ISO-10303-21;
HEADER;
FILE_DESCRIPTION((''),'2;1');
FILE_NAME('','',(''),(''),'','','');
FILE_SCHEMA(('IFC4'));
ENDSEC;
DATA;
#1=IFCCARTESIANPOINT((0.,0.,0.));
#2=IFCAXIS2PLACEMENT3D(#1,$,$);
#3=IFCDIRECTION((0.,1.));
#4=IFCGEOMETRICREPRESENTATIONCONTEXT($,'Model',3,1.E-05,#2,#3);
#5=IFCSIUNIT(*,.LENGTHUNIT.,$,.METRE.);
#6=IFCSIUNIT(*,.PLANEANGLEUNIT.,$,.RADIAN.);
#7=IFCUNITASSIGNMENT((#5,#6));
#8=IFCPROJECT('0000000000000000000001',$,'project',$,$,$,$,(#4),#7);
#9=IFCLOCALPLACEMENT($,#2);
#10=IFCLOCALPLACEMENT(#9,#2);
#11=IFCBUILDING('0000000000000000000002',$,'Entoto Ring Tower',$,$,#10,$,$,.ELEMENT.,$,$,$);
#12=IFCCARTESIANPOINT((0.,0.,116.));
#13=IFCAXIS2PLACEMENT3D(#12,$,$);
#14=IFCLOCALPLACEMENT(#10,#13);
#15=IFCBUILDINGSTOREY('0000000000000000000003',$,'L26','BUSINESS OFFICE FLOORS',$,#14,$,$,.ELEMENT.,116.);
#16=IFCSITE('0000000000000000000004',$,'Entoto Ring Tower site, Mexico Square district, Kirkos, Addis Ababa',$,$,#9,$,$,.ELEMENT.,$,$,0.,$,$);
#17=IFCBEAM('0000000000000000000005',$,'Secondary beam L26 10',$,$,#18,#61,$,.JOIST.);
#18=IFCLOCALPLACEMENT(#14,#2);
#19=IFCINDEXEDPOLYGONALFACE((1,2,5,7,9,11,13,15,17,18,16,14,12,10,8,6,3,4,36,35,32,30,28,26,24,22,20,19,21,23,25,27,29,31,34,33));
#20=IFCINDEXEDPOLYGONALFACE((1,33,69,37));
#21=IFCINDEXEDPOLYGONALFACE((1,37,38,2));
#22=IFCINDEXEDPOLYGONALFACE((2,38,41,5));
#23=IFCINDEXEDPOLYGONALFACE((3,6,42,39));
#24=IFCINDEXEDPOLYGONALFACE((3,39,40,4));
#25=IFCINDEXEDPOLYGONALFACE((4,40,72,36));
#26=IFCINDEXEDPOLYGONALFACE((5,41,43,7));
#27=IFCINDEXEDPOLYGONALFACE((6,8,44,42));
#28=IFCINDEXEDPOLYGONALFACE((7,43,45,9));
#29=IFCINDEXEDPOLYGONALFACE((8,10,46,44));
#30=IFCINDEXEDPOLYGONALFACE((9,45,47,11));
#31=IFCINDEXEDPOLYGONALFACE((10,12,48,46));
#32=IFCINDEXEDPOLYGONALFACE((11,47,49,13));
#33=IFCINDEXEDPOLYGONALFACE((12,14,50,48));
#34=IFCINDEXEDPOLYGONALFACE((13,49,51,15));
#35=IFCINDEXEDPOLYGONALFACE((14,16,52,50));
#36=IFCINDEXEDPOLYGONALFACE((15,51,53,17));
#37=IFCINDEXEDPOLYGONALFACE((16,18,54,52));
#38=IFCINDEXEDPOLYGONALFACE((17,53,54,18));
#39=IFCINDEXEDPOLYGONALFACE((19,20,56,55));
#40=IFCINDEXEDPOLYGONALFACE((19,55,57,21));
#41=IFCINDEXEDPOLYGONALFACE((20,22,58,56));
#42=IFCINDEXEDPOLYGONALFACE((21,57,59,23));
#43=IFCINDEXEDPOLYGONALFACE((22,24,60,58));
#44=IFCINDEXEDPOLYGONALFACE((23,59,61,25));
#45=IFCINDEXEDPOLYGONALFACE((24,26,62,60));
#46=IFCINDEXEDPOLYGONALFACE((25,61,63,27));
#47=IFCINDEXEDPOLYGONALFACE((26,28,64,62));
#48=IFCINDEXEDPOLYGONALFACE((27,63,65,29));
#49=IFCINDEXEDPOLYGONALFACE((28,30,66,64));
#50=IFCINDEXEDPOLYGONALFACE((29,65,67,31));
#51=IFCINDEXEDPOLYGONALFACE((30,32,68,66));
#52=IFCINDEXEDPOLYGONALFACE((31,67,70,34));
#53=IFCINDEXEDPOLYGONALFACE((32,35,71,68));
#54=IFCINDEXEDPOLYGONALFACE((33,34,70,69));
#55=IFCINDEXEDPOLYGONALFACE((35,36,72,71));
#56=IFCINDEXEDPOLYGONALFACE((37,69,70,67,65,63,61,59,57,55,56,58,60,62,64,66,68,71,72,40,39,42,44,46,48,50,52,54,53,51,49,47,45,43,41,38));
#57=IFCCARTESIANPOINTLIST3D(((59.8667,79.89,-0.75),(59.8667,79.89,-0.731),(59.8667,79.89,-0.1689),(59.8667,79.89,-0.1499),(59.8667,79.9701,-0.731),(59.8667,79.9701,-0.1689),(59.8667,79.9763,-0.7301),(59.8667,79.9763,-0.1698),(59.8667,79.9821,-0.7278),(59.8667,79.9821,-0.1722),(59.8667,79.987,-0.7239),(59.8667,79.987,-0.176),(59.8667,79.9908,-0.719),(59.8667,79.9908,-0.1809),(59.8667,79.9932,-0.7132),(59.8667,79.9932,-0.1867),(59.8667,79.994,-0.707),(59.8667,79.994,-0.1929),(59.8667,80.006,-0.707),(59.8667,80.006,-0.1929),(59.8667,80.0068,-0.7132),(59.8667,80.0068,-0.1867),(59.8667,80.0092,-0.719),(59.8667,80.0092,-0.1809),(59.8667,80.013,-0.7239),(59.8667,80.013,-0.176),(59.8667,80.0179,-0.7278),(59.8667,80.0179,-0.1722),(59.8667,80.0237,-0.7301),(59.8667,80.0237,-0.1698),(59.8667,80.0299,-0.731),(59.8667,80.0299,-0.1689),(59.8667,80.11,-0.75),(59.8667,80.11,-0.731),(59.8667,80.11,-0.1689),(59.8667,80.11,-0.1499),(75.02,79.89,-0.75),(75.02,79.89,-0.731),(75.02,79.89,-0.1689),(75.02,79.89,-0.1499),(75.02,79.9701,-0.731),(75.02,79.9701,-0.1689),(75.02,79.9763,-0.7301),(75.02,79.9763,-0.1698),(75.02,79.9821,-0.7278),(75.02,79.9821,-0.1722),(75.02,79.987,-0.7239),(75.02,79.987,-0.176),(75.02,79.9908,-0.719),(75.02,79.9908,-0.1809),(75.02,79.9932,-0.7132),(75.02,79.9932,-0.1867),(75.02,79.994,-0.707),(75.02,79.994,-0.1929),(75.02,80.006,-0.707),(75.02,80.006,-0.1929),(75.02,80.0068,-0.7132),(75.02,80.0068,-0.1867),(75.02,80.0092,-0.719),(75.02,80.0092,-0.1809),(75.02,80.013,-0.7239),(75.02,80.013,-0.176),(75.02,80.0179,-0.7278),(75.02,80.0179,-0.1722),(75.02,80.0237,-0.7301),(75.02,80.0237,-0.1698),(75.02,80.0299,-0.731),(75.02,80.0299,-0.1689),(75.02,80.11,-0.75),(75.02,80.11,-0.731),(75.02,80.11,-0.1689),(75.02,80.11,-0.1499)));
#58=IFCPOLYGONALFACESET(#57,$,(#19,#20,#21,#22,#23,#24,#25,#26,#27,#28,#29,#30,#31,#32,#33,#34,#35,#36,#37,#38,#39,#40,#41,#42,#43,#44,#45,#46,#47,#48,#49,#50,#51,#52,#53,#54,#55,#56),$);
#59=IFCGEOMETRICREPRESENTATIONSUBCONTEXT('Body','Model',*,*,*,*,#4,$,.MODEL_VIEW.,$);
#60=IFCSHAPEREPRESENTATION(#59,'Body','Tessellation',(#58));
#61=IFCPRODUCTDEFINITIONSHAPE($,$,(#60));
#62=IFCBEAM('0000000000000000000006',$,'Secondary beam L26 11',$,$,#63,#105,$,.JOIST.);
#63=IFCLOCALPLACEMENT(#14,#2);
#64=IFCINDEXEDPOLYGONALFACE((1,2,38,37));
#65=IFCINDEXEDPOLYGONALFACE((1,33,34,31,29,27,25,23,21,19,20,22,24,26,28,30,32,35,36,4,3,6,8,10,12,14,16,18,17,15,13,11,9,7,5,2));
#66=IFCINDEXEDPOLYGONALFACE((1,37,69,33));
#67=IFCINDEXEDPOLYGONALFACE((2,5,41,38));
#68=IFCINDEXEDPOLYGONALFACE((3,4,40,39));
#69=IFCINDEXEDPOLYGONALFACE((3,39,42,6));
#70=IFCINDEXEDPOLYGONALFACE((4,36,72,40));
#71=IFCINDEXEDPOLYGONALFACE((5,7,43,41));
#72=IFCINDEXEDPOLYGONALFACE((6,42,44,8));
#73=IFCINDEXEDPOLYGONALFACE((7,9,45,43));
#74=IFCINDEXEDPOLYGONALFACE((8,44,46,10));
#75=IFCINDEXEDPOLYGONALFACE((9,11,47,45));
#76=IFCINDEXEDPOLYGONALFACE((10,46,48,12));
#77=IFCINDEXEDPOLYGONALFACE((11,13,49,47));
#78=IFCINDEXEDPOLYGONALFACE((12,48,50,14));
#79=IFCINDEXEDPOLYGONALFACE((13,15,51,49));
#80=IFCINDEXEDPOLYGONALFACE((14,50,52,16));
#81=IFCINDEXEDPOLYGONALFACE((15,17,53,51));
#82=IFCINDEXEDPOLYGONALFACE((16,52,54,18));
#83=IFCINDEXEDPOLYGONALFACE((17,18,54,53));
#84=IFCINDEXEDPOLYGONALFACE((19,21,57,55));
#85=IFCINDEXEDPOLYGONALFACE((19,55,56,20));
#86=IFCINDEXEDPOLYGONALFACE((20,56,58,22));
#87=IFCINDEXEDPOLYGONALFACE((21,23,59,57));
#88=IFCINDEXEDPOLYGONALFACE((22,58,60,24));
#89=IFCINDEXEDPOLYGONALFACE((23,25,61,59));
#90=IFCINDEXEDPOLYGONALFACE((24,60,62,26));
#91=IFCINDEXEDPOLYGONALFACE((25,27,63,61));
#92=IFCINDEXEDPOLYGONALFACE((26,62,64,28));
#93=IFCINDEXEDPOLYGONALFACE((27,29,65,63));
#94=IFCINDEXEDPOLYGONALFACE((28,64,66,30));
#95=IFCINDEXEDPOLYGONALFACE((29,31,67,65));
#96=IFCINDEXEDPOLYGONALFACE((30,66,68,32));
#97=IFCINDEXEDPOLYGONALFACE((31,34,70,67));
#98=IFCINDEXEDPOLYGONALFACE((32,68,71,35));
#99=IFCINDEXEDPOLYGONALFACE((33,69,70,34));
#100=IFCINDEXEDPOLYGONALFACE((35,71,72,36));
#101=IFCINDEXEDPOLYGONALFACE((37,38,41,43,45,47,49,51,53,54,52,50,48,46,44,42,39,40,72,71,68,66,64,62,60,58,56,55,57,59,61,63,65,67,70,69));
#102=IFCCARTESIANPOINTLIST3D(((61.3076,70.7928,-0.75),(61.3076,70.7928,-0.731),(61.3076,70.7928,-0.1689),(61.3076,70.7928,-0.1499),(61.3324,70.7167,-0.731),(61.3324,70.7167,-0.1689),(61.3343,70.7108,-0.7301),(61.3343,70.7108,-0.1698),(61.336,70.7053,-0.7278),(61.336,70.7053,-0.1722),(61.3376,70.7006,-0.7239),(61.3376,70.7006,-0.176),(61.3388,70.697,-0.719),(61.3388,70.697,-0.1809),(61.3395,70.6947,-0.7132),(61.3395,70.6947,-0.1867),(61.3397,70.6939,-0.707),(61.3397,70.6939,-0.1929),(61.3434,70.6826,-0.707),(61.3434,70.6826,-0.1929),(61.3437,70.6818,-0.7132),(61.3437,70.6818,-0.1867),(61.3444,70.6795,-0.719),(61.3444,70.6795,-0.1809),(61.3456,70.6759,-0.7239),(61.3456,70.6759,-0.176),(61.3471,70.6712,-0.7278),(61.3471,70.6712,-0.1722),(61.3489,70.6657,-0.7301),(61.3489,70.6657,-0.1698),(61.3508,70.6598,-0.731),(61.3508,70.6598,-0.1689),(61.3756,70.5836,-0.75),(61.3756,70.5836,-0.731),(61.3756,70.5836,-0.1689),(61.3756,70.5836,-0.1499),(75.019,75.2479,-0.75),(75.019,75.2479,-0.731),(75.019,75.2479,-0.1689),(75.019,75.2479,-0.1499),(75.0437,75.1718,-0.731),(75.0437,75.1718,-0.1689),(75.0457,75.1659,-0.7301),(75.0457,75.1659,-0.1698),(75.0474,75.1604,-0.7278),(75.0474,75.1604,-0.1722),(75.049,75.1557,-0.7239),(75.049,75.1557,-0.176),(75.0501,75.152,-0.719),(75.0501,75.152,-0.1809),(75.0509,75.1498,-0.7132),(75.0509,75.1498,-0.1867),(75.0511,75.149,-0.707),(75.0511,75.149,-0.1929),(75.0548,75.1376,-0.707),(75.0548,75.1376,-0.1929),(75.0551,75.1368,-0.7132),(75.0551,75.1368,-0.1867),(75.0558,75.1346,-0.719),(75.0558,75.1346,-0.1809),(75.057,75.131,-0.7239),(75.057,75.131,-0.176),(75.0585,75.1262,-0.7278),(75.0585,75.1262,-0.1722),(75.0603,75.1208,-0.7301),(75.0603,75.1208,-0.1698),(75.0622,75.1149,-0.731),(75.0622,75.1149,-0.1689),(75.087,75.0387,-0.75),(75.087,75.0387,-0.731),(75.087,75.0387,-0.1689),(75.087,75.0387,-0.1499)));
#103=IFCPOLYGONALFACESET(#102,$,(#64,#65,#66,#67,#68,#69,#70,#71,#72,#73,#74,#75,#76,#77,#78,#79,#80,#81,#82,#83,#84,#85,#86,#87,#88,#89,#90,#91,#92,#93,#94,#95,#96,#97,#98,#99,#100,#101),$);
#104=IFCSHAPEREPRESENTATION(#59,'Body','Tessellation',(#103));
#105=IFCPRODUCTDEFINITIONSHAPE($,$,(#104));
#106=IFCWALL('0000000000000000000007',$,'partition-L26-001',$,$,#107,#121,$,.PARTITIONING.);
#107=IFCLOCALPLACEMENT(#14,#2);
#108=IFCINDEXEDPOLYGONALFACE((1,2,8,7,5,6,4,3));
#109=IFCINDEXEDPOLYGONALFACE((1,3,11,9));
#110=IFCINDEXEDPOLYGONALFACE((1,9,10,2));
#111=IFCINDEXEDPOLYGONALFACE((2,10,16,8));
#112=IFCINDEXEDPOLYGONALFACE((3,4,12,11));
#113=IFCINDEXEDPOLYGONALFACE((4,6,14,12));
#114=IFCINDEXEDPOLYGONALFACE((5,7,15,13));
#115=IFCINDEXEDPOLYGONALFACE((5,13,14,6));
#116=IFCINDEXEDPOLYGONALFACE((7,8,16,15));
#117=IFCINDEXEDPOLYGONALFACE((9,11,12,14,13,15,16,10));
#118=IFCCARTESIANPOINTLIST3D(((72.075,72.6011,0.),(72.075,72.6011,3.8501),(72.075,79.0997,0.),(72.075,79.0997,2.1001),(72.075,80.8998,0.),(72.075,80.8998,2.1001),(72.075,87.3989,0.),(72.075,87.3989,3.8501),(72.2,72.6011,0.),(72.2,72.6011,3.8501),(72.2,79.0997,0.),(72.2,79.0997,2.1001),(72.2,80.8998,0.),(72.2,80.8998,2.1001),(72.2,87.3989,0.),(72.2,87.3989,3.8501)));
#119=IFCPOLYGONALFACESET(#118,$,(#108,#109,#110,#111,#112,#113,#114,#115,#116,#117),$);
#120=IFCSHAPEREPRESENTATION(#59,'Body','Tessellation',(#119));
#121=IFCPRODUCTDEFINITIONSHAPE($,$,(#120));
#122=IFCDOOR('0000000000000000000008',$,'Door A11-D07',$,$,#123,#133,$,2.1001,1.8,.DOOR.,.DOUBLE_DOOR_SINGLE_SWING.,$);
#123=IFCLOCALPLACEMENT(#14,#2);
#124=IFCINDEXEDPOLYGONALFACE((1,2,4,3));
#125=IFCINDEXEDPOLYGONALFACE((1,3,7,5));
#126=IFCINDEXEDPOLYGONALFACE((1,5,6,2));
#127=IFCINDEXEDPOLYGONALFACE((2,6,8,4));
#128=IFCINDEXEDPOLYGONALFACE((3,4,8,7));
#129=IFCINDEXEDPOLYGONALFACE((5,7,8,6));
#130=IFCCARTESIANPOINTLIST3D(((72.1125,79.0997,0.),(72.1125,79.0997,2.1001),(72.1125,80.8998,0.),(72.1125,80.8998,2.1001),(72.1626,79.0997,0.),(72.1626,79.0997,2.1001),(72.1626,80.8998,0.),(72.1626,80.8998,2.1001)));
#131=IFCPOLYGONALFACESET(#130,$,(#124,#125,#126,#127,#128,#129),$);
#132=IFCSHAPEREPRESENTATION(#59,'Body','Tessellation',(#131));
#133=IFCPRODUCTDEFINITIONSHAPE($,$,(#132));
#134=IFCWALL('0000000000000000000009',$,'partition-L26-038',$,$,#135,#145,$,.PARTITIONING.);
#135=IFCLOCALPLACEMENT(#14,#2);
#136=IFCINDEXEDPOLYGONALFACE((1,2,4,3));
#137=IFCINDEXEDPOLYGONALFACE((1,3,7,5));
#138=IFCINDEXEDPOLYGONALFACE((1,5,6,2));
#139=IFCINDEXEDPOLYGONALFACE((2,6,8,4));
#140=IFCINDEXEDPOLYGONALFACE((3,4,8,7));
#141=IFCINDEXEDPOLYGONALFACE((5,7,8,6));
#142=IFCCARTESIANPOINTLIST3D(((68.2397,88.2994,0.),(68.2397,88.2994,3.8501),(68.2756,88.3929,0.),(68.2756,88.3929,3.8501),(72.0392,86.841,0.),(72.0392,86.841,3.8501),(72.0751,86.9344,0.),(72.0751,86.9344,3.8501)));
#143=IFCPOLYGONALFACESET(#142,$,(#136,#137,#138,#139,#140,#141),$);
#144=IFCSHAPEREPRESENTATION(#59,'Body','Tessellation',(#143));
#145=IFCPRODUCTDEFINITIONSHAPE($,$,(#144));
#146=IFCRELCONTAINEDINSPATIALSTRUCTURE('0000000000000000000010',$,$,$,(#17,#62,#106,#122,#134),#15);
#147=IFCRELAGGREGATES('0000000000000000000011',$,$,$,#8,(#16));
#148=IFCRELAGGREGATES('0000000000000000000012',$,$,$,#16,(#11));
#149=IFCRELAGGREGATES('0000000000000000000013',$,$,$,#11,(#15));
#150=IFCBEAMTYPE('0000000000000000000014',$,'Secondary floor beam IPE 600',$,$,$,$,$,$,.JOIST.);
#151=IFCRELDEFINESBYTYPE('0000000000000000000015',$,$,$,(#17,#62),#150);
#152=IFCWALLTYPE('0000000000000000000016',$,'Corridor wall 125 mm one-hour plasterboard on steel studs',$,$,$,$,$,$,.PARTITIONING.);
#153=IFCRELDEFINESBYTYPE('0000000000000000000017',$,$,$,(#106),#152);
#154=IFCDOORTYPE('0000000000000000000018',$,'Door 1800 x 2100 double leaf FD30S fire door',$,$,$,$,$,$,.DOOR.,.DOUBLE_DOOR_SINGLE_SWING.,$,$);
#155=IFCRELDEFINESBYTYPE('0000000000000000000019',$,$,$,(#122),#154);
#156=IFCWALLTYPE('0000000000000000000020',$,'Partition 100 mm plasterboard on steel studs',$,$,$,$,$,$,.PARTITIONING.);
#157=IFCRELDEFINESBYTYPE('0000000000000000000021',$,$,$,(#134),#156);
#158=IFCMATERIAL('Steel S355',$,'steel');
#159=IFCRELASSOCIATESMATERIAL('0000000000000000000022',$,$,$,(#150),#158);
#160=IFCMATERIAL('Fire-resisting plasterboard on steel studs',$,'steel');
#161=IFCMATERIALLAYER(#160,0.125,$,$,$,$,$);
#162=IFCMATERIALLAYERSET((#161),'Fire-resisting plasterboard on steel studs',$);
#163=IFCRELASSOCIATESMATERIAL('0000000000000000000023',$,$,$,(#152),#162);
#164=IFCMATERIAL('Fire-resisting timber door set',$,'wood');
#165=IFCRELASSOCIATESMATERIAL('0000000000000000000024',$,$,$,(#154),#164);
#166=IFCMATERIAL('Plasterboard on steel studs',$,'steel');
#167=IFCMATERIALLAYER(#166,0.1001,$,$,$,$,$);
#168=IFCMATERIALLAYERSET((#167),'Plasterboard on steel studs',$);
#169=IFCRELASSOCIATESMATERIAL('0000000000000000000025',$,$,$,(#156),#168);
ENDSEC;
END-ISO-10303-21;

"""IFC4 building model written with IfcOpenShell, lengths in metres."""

from ifc_helpers import new_model, si_unit, direction, frame, frame_2d, origin, origin_2d, place, context, subcontext, project, spatial, rectangle, i_section, extrude, material, layer, layer_set, material_profile, profile_set, type_object, element, fill, save


model = new_model("IFC4")

# Units and contexts
model_context = context("Model", 3, precision=1e-05, world=origin(), true_north=direction((0.0, 1.0)))
body_context = subcontext(model_context, "Body", "Model", "MODEL_VIEW")
ifc_project = project(units=[si_unit("LENGTHUNIT", "METRE"), si_unit("PLANEANGLEUNIT", "RADIAN")], contexts=[model_context])

# Site, building, storey
site_placement = place(None, origin())
site = spatial("IfcSite", under=ifc_project, at=site_placement, Name="Entoto Ring Tower site, Mexico Square district, Kirkos, Addis Ababa", CompositionType="ELEMENT", RefElevation=0.0)
building_placement = place(site_placement, origin())
building = spatial("IfcBuilding", under=site, at=building_placement, Name="Entoto Ring Tower", CompositionType="ELEMENT")
storey_placement = place(building_placement, frame((0.0, 0.0, 116.0)))
storey = spatial("IfcBuildingStorey", under=building, at=storey_placement, Name="L26", Description="BUSINESS OFFICE FLOORS", CompositionType="ELEMENT", Elevation=116.0)

# Beams
ifc_material_1 = material(Name="Steel S355", Category="steel")
ifc_material_profile_1 = material_profile(ifc_material_1, i_section(OverallWidth=0.22, OverallDepth=0.6001, WebThickness=0.012, FlangeThickness=0.019, FilletRadius=0.0239, at=origin_2d()), Name="IPE 600")
ifc_profile_set_1 = profile_set([ifc_material_profile_1], Name="Steel S355")
beam_type_1 = type_object("IfcBeamType", Name="Secondary floor beam IPE 600", PredefinedType="JOIST", material=ifc_profile_set_1)
beam_1_placement = place(storey_placement, frame((75.02, 80.0, -0.45), z_axis=(-1.0, 0.0, 0.0), x_axis=(0.0, -1.0, 0.0)))
element("IfcBeam", 1, at=beam_1_placement, inside=storey, type_object=beam_type_1, Name="Secondary beam L26 10", PredefinedType="JOIST", context=body_context, shape_type="SweptSolid", body=[
    extrude(i_section(OverallWidth=0.22, OverallDepth=0.6001, WebThickness=0.012, FlangeThickness=0.019, FilletRadius=0.0239, at=origin_2d()), origin(), (0.0, 0.0, 1.0), 15.1533),
])
beam_2_placement = place(storey_placement, frame((75.053, 75.1433, -0.45), z_axis=(-0.951057, -0.309015, 0.0), x_axis=(0.309015, -0.951057, 0.0)))
element("IfcBeam", 2, at=beam_2_placement, inside=storey, type_object=beam_type_1, Name="Secondary beam L26 11", PredefinedType="JOIST", context=body_context, shape_type="SweptSolid", body=[
    extrude(i_section(OverallWidth=0.22, OverallDepth=0.6001, WebThickness=0.012, FlangeThickness=0.019, FilletRadius=0.0239, at=origin_2d()), origin(), (0.0, 0.0, 1.0), 14.417),
])

# Wall, opening, door
ifc_material_2 = material(Name="Fire-resisting plasterboard on steel studs", Category="steel")
ifc_layer_1 = layer(ifc_material_2, 0.125)
ifc_layer_set_1 = layer_set([ifc_layer_1], Name="Fire-resisting plasterboard on steel studs")
wall_type_1 = type_object("IfcWallType", Name="Corridor wall 125 mm one-hour plasterboard on steel studs", PredefinedType="PARTITIONING", material=ifc_layer_set_1)
wall_1_placement = place(storey_placement, frame((72.1375, 72.6011, 0.0), z_axis=(0.0, 0.0, 1.0), x_axis=(0.0, 1.0, 0.0)))
wall_1 = element("IfcWall", 3, at=wall_1_placement, inside=storey, type_object=wall_type_1, Name="partition-L26-001", PredefinedType="PARTITIONING", context=body_context, shape_type="SweptSolid", body=[
    extrude(rectangle(XDim=14.7979, YDim=0.125, at=frame_2d((7.3989, 0.0))), origin(), (0.0, 0.0, 1.0), 3.8501),
])
opening_placement = place(wall_1_placement, frame((6.4988, 0.0, 0.0)))
opening = element("IfcOpeningElement", 4, at=opening_placement, cuts=wall_1, PredefinedType="OPENING", context=body_context, shape_type="SweptSolid", body=[
    extrude(rectangle(XDim=1.8, YDim=2.1001, at=frame_2d((0.8999, 1.05))), frame((0.0, 0.0725, 0.0), z_axis=(0.0, -1.0, 0.0), x_axis=(1.0, 0.0, 0.0)), (0.0, 0.0, 1.0), 0.145),
])
ifc_material_3 = material(Name="Fire-resisting timber door set", Category="wood")
door_type = type_object("IfcDoorType", Name="Door 1800 x 2100 double leaf FD30S fire door", OperationType="DOUBLE_DOOR_SINGLE_SWING", PredefinedType="DOOR", material=ifc_material_3)
door_placement = place(opening_placement, origin())
door = element("IfcDoor", 5, at=door_placement, inside=storey, type_object=door_type, Name="Door A11-D07", OperationType="DOUBLE_DOOR_SINGLE_SWING", OverallHeight=2.1001, OverallWidth=1.8, PredefinedType="DOOR", context=body_context, shape_type="SweptSolid", body=[
    extrude(rectangle(XDim=1.8, YDim=2.1001, at=frame_2d((0.8999, 1.05))), frame((0.0, 0.0249, 0.0), z_axis=(0.0, -1.0, 0.0), x_axis=(1.0, 0.0, 0.0)), (0.0, 0.0, 1.0), 0.05),
])
fill(opening, door)

# Wall
ifc_material_4 = material(Name="Plasterboard on steel studs", Category="steel")
ifc_layer_2 = layer(ifc_material_4, 0.1001)
ifc_layer_set_2 = layer_set([ifc_layer_2], Name="Plasterboard on steel studs")
wall_type_2 = type_object("IfcWallType", Name="Partition 100 mm plasterboard on steel studs", PredefinedType="PARTITIONING", material=ifc_layer_set_2)
wall_2_placement = place(storey_placement, frame((72.0571, 86.8877, 0.0), z_axis=(0.0, 0.0, 1.0), x_axis=(-0.933582, 0.358364, 0.0)))
element("IfcWall", 6, at=wall_2_placement, inside=storey, type_object=wall_type_2, Name="partition-L26-038", PredefinedType="PARTITIONING", context=body_context, shape_type="SweptSolid", body=[
    extrude(rectangle(XDim=4.0698, YDim=0.1001, at=frame_2d((2.0349, 0.0))), origin(), (0.0, 0.0, 1.0), 3.8501),
])

save(model, "model.ifc")
